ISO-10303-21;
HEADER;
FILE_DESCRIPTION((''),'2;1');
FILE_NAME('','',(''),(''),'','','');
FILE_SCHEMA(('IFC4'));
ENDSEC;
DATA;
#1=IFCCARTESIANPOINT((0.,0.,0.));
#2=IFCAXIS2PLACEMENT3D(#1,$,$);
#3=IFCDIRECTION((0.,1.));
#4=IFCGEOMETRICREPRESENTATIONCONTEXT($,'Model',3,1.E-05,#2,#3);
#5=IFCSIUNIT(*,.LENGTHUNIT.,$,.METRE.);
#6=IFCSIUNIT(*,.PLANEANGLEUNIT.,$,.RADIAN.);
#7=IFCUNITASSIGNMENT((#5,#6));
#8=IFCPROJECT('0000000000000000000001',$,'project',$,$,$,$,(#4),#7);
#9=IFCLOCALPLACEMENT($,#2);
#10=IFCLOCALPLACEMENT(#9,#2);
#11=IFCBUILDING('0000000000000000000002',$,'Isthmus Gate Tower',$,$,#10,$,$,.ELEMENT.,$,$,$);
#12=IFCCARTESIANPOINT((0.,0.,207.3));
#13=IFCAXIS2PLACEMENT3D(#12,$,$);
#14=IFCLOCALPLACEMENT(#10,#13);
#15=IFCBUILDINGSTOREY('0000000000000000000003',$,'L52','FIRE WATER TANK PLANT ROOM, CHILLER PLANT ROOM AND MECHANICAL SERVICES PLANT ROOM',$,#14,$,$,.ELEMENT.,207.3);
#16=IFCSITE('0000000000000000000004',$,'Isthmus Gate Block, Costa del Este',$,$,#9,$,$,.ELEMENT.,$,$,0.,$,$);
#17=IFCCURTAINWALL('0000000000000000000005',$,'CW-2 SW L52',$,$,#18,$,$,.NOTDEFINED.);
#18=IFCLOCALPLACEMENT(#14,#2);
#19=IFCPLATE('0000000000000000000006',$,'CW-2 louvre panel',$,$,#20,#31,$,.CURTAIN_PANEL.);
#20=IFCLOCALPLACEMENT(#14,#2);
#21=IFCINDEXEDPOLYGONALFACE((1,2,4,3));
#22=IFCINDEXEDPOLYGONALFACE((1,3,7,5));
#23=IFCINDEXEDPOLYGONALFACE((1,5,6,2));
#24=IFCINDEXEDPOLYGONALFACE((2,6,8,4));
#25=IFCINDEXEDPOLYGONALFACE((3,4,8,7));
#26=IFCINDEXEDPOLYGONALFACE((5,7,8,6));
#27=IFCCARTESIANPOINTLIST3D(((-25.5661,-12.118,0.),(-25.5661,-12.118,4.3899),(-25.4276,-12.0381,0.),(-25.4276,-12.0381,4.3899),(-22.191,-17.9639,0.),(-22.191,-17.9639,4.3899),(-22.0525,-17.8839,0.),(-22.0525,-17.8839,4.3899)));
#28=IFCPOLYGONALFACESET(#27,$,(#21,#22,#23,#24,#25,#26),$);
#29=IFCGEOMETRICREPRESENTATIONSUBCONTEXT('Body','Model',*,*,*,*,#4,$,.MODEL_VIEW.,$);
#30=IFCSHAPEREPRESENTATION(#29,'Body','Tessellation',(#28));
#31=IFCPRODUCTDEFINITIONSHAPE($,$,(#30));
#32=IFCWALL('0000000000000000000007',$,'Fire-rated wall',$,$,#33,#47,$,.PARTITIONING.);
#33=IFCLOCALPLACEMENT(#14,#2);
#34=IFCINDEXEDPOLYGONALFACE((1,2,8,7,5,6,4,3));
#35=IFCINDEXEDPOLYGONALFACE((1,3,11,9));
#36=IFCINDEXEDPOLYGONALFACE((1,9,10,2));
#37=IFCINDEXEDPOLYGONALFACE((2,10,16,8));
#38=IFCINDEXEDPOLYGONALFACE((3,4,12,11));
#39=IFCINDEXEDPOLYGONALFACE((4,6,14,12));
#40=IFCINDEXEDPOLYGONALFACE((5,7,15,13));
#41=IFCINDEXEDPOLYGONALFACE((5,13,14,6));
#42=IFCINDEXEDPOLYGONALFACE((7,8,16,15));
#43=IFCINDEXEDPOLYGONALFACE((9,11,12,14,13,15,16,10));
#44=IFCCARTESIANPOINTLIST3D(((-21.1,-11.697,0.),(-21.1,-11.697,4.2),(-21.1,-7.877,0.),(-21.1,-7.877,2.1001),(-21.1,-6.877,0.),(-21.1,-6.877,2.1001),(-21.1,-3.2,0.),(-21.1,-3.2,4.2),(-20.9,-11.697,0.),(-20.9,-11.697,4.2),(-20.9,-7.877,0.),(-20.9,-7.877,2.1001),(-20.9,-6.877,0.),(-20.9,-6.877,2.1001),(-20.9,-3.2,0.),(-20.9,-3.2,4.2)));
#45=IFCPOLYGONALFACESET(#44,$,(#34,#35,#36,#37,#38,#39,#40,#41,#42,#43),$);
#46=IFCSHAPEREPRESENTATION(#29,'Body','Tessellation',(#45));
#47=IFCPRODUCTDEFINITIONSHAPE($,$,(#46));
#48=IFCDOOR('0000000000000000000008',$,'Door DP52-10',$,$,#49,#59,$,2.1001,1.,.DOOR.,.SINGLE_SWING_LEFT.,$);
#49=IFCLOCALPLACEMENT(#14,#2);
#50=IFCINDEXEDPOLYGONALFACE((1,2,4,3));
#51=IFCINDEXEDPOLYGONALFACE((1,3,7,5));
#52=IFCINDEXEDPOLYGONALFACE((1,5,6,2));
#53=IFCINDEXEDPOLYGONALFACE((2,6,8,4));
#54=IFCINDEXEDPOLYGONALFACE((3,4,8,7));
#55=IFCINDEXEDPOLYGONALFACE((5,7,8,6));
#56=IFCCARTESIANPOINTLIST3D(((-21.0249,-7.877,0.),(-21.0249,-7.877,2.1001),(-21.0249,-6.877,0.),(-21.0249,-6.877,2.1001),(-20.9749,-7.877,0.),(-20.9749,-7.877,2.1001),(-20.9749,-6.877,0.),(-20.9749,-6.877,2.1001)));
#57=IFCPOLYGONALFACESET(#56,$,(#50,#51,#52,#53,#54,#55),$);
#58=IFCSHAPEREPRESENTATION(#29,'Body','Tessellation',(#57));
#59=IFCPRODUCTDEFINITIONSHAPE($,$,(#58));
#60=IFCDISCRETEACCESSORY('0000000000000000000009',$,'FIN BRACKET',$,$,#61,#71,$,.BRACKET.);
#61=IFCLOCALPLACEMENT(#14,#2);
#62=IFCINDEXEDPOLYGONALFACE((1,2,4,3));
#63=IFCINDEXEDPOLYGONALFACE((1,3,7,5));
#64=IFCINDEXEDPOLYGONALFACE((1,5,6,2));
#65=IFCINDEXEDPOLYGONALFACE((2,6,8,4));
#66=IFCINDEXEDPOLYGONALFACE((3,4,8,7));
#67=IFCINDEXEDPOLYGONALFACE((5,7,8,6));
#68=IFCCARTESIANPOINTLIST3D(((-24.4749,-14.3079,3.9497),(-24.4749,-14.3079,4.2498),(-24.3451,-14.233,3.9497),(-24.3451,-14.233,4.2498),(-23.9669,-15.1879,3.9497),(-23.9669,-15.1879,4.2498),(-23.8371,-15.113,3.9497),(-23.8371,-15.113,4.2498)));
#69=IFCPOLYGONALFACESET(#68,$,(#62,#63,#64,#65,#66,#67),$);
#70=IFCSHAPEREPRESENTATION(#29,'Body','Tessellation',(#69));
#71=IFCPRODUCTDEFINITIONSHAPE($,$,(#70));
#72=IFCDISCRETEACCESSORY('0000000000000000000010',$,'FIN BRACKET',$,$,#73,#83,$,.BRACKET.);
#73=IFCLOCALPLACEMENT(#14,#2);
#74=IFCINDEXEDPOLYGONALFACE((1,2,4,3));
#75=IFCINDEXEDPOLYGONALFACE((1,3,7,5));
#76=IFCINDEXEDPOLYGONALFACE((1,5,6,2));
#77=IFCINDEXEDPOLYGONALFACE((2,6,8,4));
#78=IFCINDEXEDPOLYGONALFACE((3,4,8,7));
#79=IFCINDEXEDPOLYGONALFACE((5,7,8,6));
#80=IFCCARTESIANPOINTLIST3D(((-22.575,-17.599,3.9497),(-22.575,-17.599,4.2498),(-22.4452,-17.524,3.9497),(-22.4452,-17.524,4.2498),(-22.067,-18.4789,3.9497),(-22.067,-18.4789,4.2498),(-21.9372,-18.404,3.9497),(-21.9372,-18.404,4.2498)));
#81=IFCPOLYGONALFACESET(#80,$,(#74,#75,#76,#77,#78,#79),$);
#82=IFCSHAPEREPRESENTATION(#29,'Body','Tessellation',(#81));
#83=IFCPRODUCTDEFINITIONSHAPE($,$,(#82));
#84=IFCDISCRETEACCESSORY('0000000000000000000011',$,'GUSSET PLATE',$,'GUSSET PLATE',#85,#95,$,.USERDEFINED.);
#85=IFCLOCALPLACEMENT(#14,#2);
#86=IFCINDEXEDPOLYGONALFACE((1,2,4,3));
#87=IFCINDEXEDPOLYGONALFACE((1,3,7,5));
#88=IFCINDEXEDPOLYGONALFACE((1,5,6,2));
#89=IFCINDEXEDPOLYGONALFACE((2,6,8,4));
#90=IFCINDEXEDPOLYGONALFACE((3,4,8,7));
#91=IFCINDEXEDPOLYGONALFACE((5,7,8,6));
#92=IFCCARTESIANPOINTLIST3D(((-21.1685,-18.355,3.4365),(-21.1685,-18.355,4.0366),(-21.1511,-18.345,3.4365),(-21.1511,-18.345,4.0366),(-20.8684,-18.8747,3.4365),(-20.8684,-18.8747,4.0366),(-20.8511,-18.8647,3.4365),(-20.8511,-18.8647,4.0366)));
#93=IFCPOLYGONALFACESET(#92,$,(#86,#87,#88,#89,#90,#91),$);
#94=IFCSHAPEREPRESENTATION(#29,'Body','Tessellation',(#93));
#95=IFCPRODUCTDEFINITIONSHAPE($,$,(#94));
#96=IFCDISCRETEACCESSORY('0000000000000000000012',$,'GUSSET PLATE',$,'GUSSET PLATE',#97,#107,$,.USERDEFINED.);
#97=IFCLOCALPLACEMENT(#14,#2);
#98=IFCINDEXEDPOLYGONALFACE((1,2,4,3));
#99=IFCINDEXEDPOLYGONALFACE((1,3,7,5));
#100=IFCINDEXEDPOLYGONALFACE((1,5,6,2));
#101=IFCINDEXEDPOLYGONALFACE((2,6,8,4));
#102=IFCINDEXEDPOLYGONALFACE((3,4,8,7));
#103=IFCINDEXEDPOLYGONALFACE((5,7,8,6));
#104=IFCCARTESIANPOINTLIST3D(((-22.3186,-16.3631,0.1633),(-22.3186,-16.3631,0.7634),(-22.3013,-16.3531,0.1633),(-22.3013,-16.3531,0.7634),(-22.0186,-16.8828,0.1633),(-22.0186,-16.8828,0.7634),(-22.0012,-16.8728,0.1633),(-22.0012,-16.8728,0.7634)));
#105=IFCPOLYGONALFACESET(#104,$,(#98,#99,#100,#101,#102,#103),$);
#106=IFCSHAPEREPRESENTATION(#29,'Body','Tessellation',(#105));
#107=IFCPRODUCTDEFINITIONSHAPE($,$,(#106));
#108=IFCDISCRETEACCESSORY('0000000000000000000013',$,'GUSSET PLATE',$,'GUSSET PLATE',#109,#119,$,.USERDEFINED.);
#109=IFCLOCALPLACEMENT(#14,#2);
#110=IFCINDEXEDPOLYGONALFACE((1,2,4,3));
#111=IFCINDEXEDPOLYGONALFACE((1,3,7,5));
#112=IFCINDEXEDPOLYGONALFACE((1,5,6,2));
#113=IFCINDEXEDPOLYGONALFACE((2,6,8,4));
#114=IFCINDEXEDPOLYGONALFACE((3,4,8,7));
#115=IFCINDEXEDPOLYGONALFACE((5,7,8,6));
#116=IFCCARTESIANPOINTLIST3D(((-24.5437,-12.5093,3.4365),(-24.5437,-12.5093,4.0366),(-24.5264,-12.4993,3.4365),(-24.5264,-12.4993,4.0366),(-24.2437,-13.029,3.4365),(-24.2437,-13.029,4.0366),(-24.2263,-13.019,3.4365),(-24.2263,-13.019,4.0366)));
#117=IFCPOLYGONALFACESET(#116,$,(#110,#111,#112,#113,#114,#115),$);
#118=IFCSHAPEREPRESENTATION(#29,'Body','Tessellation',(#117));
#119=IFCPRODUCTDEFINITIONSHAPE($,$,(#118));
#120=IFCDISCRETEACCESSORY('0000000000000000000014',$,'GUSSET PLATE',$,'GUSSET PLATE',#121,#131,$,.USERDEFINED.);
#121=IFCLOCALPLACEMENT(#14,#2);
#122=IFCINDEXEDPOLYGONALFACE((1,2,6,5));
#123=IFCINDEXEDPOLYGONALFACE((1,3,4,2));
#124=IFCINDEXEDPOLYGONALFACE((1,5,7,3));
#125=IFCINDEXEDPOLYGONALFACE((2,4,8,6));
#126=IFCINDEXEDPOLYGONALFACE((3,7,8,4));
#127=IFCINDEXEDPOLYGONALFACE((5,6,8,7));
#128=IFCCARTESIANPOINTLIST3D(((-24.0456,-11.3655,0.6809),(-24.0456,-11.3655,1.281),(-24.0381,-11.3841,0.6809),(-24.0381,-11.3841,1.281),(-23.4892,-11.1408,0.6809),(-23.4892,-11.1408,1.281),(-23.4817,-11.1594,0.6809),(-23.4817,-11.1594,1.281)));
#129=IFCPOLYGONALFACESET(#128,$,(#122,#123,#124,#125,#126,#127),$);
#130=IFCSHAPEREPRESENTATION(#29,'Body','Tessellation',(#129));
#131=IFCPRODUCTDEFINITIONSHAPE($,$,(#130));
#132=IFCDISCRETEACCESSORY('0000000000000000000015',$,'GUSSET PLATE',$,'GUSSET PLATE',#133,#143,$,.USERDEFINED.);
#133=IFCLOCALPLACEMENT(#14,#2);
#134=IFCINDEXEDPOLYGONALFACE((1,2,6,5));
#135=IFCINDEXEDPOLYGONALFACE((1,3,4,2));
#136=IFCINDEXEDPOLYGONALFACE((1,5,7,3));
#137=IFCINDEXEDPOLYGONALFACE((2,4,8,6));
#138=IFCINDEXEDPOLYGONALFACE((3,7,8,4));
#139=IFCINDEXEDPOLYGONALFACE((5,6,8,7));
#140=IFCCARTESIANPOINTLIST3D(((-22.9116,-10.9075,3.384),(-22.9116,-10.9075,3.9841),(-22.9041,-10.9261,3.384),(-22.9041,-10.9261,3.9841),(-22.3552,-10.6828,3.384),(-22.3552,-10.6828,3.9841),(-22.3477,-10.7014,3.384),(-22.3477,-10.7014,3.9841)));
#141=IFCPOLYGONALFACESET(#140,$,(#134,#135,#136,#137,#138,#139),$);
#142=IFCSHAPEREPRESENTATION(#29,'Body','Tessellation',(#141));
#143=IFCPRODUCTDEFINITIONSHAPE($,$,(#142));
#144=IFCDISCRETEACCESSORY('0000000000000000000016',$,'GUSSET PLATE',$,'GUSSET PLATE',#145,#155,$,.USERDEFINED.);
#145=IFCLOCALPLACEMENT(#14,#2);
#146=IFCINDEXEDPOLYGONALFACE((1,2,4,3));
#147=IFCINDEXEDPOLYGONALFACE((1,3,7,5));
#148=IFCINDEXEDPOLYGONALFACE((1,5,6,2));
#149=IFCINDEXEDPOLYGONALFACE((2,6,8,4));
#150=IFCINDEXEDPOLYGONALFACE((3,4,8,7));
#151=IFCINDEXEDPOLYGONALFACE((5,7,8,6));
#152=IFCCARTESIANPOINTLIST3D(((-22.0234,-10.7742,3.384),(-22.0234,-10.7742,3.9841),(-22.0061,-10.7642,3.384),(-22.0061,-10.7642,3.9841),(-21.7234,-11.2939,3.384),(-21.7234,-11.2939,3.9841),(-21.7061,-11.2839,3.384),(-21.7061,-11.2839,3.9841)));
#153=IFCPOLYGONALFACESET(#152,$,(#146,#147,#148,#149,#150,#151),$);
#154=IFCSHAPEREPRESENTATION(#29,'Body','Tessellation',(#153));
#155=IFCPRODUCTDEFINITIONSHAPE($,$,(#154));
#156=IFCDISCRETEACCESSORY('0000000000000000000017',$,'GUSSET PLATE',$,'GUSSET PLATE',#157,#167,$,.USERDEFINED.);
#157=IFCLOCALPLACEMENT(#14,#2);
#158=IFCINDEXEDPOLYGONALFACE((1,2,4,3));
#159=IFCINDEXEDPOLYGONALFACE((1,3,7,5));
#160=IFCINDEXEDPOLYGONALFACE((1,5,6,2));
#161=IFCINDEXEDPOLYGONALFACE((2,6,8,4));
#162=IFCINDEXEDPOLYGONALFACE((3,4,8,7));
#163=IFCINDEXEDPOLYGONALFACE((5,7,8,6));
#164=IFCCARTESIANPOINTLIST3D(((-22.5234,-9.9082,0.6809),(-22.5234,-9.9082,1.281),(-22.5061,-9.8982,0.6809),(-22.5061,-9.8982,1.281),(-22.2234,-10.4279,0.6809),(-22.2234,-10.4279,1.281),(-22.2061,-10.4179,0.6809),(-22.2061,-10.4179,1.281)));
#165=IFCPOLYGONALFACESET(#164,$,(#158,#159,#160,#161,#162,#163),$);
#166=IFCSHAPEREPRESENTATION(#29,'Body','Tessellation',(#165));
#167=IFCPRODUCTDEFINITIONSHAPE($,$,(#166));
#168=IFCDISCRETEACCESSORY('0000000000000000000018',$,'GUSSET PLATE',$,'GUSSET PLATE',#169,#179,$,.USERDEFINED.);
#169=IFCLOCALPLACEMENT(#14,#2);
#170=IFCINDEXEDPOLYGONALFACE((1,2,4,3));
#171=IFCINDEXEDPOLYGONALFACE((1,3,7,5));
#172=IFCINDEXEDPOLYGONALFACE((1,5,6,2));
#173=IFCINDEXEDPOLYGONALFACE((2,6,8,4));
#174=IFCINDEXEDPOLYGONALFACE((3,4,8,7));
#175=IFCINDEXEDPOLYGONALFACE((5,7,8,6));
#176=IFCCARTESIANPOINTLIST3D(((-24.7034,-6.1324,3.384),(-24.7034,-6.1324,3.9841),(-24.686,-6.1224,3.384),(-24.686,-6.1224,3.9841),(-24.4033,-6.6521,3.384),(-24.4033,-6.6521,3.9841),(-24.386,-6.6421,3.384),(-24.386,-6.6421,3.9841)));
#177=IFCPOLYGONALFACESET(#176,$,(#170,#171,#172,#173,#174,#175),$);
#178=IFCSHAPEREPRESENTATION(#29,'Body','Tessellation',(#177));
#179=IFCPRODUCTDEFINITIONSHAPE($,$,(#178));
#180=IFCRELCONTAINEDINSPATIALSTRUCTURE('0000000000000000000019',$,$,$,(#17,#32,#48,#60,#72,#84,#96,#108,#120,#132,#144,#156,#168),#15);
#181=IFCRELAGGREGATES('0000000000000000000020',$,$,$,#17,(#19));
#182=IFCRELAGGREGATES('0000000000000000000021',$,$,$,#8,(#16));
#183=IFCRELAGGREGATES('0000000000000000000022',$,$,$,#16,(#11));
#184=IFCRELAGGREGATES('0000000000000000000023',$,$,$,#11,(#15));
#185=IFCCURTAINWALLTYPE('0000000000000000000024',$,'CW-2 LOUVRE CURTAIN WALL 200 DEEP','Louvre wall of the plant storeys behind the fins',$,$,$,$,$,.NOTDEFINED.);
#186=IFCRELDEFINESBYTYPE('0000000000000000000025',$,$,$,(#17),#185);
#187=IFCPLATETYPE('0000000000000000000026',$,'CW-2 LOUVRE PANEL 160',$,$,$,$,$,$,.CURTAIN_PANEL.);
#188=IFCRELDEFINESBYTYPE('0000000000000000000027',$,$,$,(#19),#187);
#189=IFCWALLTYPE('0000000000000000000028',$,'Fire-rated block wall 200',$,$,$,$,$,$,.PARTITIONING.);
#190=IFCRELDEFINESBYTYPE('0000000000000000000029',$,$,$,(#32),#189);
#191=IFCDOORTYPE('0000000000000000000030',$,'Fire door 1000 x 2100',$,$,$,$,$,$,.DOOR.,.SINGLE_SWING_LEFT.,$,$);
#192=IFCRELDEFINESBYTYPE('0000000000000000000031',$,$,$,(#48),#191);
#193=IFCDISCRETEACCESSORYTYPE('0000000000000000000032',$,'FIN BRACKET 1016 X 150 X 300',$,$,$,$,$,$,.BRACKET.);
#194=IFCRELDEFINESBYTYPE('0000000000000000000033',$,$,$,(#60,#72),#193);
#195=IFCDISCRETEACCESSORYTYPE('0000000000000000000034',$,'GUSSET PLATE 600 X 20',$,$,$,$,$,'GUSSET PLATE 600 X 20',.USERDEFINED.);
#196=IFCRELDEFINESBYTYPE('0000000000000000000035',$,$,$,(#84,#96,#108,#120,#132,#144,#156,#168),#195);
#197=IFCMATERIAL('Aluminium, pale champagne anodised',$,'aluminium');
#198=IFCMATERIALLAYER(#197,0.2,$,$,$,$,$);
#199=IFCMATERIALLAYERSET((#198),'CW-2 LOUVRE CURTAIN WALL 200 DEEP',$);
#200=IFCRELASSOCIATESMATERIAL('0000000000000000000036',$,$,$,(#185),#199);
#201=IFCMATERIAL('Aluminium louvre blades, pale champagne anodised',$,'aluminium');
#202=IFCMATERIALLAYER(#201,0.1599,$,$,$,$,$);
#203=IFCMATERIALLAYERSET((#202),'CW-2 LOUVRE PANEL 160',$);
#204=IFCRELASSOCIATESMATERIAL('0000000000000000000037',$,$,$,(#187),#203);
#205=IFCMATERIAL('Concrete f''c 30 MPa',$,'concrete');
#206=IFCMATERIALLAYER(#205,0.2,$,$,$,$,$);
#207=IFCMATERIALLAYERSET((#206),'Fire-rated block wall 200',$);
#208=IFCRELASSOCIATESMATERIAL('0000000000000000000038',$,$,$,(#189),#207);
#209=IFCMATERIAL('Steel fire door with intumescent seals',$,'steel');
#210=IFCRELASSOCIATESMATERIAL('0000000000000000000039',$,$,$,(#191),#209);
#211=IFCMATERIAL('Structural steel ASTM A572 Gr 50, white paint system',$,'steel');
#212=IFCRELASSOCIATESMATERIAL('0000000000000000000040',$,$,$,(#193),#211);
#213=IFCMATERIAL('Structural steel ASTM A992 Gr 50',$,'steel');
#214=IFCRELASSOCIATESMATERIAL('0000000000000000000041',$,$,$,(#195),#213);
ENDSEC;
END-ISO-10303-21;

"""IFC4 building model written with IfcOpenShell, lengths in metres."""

from ifc_helpers import new_model, si_unit, direction, frame, frame_2d, origin, origin_2d, place, context, subcontext, project, spatial, rectangle, extrude, material, layer, layer_set, type_object, element, fill, aggregate, save


model = new_model("IFC4")

# Units and contexts
model_context = context("Model", 3, precision=1e-05, world=origin(), true_north=direction((0.0, 1.0)))
body_context = subcontext(model_context, "Body", "Model", "MODEL_VIEW")
ifc_project = project(units=[si_unit("LENGTHUNIT", "METRE"), si_unit("PLANEANGLEUNIT", "RADIAN")], contexts=[model_context])

# Site, building, storey
site_placement = place(None, origin())
site = spatial("IfcSite", under=ifc_project, at=site_placement, Name="Isthmus Gate Block, Costa del Este", CompositionType="ELEMENT", RefElevation=0.0)
building_placement = place(site_placement, origin())
building = spatial("IfcBuilding", under=site, at=building_placement, Name="Isthmus Gate Tower", CompositionType="ELEMENT")
storey_placement = place(building_placement, frame((0.0, 0.0, 207.3)))
storey = spatial("IfcBuildingStorey", under=building, at=storey_placement, Name="L52", Description="FIRE WATER TANK PLANT ROOM, CHILLER PLANT ROOM AND MECHANICAL SERVICES PLANT ROOM", CompositionType="ELEMENT", Elevation=207.3)

# Curtain wall
ifc_material_1 = material(Name="Aluminium, pale champagne anodised", Category="aluminium")
ifc_layer_1 = layer(ifc_material_1, 0.2)
ifc_layer_set_1 = layer_set([ifc_layer_1], Name="CW-2 LOUVRE CURTAIN WALL 200 DEEP")
curtain_wall_type = type_object("IfcCurtainWallType", Name="CW-2 LOUVRE CURTAIN WALL 200 DEEP", Description="Louvre wall of the plant storeys behind the fins", PredefinedType="NOTDEFINED", material=ifc_layer_set_1)
curtain_wall_placement = place(storey_placement, origin())
curtain_wall = element("IfcCurtainWall", 1, at=curtain_wall_placement, inside=storey, type_object=curtain_wall_type, Name="CW-2 SW L52", PredefinedType="NOTDEFINED")

# Plate
ifc_material_2 = material(Name="Aluminium louvre blades, pale champagne anodised", Category="aluminium")
ifc_layer_2 = layer(ifc_material_2, 0.1599)
ifc_layer_set_2 = layer_set([ifc_layer_2], Name="CW-2 LOUVRE PANEL 160")
plate_type = type_object("IfcPlateType", Name="CW-2 LOUVRE PANEL 160", PredefinedType="CURTAIN_PANEL", material=ifc_layer_set_2)
plate_placement = place(storey_placement, frame((-23.8093, -15.001, 0.0), z_axis=(0.0, 0.0, 1.0), x_axis=(0.5, -0.866025, 0.0)))
plate = element("IfcPlate", 2, at=plate_placement, type_object=plate_type, Name="CW-2 louvre panel", PredefinedType="CURTAIN_PANEL", context=body_context, shape_type="SweptSolid", body=[
    extrude(rectangle(XDim=6.7502, YDim=0.1599, at=origin_2d()), origin(), (0.0, 0.0, 1.0), 4.3899),
])
aggregate(curtain_wall, [plate])

# Wall, opening, door
ifc_material_3 = material(Name="Concrete f'c 30 MPa", Category="concrete")
ifc_layer_3 = layer(ifc_material_3, 0.2)
ifc_layer_set_3 = layer_set([ifc_layer_3], Name="Fire-rated block wall 200")
wall_type = type_object("IfcWallType", Name="Fire-rated block wall 200", PredefinedType="PARTITIONING", material=ifc_layer_set_3)
wall_placement = place(storey_placement, frame((-21.0, -11.697, 0.0), z_axis=(0.0, 0.0, 1.0), x_axis=(0.0, 1.0, 0.0)))
wall = element("IfcWall", 3, at=wall_placement, inside=storey, type_object=wall_type, Name="Fire-rated wall", PredefinedType="PARTITIONING", context=body_context, shape_type="SweptSolid", body=[
    extrude(rectangle(XDim=8.4971, YDim=0.2, at=frame_2d((4.2485, 0.0))), origin(), (0.0, 0.0, 1.0), 4.2),
])
opening_placement = place(wall_placement, frame((3.8201, 0.0, 0.0)))
opening = element("IfcOpeningElement", 4, at=opening_placement, cuts=wall, PredefinedType="OPENING", context=body_context, shape_type="SweptSolid", body=[
    extrude(rectangle(XDim=1.0, YDim=2.1001, at=frame_2d((0.5, 1.05))), frame((0.0, 0.1099, 0.0), z_axis=(0.0, -1.0, 0.0), x_axis=(1.0, 0.0, 0.0)), (0.0, 0.0, 1.0), 0.22),
])
ifc_material_4 = material(Name="Steel fire door with intumescent seals", Category="steel")
door_type = type_object("IfcDoorType", Name="Fire door 1000 x 2100", OperationType="SINGLE_SWING_LEFT", PredefinedType="DOOR", material=ifc_material_4)
door_placement = place(opening_placement, origin())
door = element("IfcDoor", 5, at=door_placement, inside=storey, type_object=door_type, Name="Door DP52-10", OperationType="SINGLE_SWING_LEFT", OverallHeight=2.1001, OverallWidth=1.0, PredefinedType="DOOR", context=body_context, shape_type="SweptSolid", body=[
    extrude(rectangle(XDim=1.0, YDim=2.1001, at=frame_2d((0.5, 1.05))), frame((0.0, 0.0249, 0.0), z_axis=(0.0, -1.0, 0.0), x_axis=(1.0, 0.0, 0.0)), (0.0, 0.0, 1.0), 0.05),
])
fill(opening, door)

# Discrete accessories
ifc_material_5 = material(Name="Structural steel ASTM A572 Gr 50, white paint system", Category="steel")
discrete_accessory_type_1 = type_object("IfcDiscreteAccessoryType", Name="FIN BRACKET 1016 X 150 X 300", PredefinedType="BRACKET", material=ifc_material_5)
for number, where, z_axis, x_axis, name in (
    (6, (-24.156, -14.7104, 3.9497), (0.0, 0.0, 1.0), (-0.866025, -0.5, 0.0), "FIN BRACKET"),
    (7, (-22.2561, -18.0015, 3.9497), (0.0, 0.0, 1.0), (-0.866025, -0.5, 0.0), "FIN BRACKET"),
):
    element("IfcDiscreteAccessory", number, at=place(storey_placement, frame(where, z_axis=z_axis, x_axis=x_axis)), inside=storey, type_object=discrete_accessory_type_1, Name=name, PredefinedType="BRACKET", context=body_context, shape_type="SweptSolid", body=[
        extrude(rectangle(XDim=0.1499, YDim=1.0161, at=origin_2d()), origin(), (0.0, 0.0, 1.0), 0.3),
    ])
ifc_material_6 = material(Name="Structural steel ASTM A992 Gr 50", Category="steel")
discrete_accessory_type_2 = type_object("IfcDiscreteAccessoryType", Name="GUSSET PLATE 600 X 20", ElementType="GUSSET PLATE 600 X 20", PredefinedType="USERDEFINED", material=ifc_material_6)
for number, where, z_axis, x_axis, name in (
    (8, (-21.0098, -18.6099, 3.4365), (0.0, 0.0, 1.0), (-0.5, 0.866025, 0.0), "GUSSET PLATE"),
    (9, (-22.1599, -16.6179, 0.1633), (0.0, 0.0, 1.0), (-0.5, 0.866025, 0.0), "GUSSET PLATE"),
    (10, (-24.385, -12.7642, 3.4365), (0.0, 0.0, 1.0), (-0.5, 0.866025, 0.0), "GUSSET PLATE"),
    (11, (-23.7637, -11.2625, 0.6809), (0.0, 0.0, 1.0), (0.927229, 0.374494, 0.0), "GUSSET PLATE"),
    (12, (-22.6296, -10.8044, 3.384), (0.0, 0.0, 1.0), (0.927229, 0.374494, 0.0), "GUSSET PLATE"),
    (13, (-21.8647, -11.0291, 3.384), (0.0, 0.0, 1.0), (-0.5, 0.866025, 0.0), "GUSSET PLATE"),
    (14, (-22.3647, -10.1631, 0.6809), (0.0, 0.0, 1.0), (-0.5, 0.866025, 0.0), "GUSSET PLATE"),
    (15, (-24.5447, -6.3872, 3.384), (0.0, 0.0, 1.0), (-0.5, 0.866025, 0.0), "GUSSET PLATE"),
):
    element("IfcDiscreteAccessory", number, at=place(storey_placement, frame(where, z_axis=z_axis, x_axis=x_axis)), inside=storey, type_object=discrete_accessory_type_2, Name=name, ObjectType="GUSSET PLATE", PredefinedType="USERDEFINED", context=body_context, shape_type="SweptSolid", body=[
        extrude(rectangle(XDim=0.6001, YDim=0.02, at=origin_2d()), origin(), (0.0, 0.0, 1.0), 0.6001),
    ])

save(model, "model.ifc")
